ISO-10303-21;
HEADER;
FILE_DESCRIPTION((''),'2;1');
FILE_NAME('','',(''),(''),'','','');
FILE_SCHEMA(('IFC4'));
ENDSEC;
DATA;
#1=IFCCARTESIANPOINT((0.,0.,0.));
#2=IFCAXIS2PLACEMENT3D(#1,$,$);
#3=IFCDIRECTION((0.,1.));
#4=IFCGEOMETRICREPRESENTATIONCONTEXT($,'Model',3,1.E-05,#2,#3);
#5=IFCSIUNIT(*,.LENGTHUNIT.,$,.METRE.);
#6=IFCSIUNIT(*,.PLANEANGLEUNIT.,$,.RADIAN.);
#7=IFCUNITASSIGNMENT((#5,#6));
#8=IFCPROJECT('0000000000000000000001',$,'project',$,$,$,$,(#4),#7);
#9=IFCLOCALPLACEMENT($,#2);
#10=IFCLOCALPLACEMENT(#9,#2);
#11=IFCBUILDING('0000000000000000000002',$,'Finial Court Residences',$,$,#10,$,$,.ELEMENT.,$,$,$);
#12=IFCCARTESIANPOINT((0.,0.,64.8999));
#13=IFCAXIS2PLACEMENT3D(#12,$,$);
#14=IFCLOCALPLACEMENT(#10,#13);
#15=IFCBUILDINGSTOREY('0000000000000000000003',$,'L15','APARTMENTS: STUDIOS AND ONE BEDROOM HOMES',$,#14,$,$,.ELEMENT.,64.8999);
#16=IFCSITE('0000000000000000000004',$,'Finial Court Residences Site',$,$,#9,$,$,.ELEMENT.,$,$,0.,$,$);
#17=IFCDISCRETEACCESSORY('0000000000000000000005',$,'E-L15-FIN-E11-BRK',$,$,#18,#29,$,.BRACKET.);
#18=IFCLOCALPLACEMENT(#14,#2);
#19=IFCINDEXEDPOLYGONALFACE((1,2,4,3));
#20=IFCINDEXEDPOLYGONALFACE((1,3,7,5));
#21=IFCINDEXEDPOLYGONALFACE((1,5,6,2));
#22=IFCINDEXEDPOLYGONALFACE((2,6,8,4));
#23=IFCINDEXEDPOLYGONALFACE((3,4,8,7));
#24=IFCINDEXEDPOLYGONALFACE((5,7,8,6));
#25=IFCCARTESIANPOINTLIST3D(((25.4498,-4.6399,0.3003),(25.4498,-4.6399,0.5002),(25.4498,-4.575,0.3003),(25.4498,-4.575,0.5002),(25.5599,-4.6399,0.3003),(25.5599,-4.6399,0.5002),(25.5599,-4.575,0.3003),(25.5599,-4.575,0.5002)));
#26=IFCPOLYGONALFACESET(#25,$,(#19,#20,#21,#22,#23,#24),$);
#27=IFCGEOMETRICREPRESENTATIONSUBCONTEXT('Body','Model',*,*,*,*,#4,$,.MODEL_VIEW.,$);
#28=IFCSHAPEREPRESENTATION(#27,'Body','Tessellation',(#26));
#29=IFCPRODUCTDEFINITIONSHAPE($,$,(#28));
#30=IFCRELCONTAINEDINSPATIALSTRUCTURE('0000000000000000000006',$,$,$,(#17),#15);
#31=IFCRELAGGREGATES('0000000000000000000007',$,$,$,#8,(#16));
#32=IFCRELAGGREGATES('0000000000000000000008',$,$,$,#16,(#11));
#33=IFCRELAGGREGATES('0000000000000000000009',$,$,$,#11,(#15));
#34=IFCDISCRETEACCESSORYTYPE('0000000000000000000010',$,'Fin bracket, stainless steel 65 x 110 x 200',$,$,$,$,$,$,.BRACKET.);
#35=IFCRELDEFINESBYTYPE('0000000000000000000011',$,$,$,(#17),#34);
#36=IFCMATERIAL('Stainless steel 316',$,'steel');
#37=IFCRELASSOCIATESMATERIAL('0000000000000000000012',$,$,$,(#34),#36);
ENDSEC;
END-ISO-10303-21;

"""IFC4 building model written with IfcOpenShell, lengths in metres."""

from ifc_helpers import new_model, si_unit, direction, frame, origin, origin_2d, place, context, subcontext, project, spatial, rectangle, extrude, material, type_object, element, save


model = new_model("IFC4")

# Units and contexts
model_context = context("Model", 3, precision=1e-05, world=origin(), true_north=direction((0.0, 1.0)))
body_context = subcontext(model_context, "Body", "Model", "MODEL_VIEW")
ifc_project = project(units=[si_unit("LENGTHUNIT", "METRE"), si_unit("PLANEANGLEUNIT", "RADIAN")], contexts=[model_context])

# Site, building, storey
site_placement = place(None, origin())
site = spatial("IfcSite", under=ifc_project, at=site_placement, Name="Finial Court Residences Site", CompositionType="ELEMENT", RefElevation=0.0)
building_placement = place(site_placement, origin())
building = spatial("IfcBuilding", under=site, at=building_placement, Name="Finial Court Residences", CompositionType="ELEMENT")
storey_placement = place(building_placement, frame((0.0, 0.0, 64.8999)))
storey = spatial("IfcBuildingStorey", under=building, at=storey_placement, Name="L15", Description="APARTMENTS: STUDIOS AND ONE BEDROOM HOMES", CompositionType="ELEMENT", Elevation=64.8999)

# Discrete accessory
ifc_material_1 = material(Name="Stainless steel 316", Category="steel")
discrete_accessory_type = type_object("IfcDiscreteAccessoryType", Name="Fin bracket, stainless steel 65 x 110 x 200", PredefinedType="BRACKET", material=ifc_material_1)
discrete_accessory_placement = place(storey_placement, frame((25.5049, -4.6074, 0.3003), z_axis=(0.0, 0.0, 1.0), x_axis=(1.0, 0.0, 0.0)))
element("IfcDiscreteAccessory", 1, at=discrete_accessory_placement, inside=storey, type_object=discrete_accessory_type, Name="E-L15-FIN-E11-BRK", PredefinedType="BRACKET", context=body_context, shape_type="SweptSolid", body=[
    extrude(rectangle(XDim=0.1101, YDim=0.0649, at=origin_2d()), origin(), (0.0, 0.0, 1.0), 0.2),
])

save(model, "model.ifc")
